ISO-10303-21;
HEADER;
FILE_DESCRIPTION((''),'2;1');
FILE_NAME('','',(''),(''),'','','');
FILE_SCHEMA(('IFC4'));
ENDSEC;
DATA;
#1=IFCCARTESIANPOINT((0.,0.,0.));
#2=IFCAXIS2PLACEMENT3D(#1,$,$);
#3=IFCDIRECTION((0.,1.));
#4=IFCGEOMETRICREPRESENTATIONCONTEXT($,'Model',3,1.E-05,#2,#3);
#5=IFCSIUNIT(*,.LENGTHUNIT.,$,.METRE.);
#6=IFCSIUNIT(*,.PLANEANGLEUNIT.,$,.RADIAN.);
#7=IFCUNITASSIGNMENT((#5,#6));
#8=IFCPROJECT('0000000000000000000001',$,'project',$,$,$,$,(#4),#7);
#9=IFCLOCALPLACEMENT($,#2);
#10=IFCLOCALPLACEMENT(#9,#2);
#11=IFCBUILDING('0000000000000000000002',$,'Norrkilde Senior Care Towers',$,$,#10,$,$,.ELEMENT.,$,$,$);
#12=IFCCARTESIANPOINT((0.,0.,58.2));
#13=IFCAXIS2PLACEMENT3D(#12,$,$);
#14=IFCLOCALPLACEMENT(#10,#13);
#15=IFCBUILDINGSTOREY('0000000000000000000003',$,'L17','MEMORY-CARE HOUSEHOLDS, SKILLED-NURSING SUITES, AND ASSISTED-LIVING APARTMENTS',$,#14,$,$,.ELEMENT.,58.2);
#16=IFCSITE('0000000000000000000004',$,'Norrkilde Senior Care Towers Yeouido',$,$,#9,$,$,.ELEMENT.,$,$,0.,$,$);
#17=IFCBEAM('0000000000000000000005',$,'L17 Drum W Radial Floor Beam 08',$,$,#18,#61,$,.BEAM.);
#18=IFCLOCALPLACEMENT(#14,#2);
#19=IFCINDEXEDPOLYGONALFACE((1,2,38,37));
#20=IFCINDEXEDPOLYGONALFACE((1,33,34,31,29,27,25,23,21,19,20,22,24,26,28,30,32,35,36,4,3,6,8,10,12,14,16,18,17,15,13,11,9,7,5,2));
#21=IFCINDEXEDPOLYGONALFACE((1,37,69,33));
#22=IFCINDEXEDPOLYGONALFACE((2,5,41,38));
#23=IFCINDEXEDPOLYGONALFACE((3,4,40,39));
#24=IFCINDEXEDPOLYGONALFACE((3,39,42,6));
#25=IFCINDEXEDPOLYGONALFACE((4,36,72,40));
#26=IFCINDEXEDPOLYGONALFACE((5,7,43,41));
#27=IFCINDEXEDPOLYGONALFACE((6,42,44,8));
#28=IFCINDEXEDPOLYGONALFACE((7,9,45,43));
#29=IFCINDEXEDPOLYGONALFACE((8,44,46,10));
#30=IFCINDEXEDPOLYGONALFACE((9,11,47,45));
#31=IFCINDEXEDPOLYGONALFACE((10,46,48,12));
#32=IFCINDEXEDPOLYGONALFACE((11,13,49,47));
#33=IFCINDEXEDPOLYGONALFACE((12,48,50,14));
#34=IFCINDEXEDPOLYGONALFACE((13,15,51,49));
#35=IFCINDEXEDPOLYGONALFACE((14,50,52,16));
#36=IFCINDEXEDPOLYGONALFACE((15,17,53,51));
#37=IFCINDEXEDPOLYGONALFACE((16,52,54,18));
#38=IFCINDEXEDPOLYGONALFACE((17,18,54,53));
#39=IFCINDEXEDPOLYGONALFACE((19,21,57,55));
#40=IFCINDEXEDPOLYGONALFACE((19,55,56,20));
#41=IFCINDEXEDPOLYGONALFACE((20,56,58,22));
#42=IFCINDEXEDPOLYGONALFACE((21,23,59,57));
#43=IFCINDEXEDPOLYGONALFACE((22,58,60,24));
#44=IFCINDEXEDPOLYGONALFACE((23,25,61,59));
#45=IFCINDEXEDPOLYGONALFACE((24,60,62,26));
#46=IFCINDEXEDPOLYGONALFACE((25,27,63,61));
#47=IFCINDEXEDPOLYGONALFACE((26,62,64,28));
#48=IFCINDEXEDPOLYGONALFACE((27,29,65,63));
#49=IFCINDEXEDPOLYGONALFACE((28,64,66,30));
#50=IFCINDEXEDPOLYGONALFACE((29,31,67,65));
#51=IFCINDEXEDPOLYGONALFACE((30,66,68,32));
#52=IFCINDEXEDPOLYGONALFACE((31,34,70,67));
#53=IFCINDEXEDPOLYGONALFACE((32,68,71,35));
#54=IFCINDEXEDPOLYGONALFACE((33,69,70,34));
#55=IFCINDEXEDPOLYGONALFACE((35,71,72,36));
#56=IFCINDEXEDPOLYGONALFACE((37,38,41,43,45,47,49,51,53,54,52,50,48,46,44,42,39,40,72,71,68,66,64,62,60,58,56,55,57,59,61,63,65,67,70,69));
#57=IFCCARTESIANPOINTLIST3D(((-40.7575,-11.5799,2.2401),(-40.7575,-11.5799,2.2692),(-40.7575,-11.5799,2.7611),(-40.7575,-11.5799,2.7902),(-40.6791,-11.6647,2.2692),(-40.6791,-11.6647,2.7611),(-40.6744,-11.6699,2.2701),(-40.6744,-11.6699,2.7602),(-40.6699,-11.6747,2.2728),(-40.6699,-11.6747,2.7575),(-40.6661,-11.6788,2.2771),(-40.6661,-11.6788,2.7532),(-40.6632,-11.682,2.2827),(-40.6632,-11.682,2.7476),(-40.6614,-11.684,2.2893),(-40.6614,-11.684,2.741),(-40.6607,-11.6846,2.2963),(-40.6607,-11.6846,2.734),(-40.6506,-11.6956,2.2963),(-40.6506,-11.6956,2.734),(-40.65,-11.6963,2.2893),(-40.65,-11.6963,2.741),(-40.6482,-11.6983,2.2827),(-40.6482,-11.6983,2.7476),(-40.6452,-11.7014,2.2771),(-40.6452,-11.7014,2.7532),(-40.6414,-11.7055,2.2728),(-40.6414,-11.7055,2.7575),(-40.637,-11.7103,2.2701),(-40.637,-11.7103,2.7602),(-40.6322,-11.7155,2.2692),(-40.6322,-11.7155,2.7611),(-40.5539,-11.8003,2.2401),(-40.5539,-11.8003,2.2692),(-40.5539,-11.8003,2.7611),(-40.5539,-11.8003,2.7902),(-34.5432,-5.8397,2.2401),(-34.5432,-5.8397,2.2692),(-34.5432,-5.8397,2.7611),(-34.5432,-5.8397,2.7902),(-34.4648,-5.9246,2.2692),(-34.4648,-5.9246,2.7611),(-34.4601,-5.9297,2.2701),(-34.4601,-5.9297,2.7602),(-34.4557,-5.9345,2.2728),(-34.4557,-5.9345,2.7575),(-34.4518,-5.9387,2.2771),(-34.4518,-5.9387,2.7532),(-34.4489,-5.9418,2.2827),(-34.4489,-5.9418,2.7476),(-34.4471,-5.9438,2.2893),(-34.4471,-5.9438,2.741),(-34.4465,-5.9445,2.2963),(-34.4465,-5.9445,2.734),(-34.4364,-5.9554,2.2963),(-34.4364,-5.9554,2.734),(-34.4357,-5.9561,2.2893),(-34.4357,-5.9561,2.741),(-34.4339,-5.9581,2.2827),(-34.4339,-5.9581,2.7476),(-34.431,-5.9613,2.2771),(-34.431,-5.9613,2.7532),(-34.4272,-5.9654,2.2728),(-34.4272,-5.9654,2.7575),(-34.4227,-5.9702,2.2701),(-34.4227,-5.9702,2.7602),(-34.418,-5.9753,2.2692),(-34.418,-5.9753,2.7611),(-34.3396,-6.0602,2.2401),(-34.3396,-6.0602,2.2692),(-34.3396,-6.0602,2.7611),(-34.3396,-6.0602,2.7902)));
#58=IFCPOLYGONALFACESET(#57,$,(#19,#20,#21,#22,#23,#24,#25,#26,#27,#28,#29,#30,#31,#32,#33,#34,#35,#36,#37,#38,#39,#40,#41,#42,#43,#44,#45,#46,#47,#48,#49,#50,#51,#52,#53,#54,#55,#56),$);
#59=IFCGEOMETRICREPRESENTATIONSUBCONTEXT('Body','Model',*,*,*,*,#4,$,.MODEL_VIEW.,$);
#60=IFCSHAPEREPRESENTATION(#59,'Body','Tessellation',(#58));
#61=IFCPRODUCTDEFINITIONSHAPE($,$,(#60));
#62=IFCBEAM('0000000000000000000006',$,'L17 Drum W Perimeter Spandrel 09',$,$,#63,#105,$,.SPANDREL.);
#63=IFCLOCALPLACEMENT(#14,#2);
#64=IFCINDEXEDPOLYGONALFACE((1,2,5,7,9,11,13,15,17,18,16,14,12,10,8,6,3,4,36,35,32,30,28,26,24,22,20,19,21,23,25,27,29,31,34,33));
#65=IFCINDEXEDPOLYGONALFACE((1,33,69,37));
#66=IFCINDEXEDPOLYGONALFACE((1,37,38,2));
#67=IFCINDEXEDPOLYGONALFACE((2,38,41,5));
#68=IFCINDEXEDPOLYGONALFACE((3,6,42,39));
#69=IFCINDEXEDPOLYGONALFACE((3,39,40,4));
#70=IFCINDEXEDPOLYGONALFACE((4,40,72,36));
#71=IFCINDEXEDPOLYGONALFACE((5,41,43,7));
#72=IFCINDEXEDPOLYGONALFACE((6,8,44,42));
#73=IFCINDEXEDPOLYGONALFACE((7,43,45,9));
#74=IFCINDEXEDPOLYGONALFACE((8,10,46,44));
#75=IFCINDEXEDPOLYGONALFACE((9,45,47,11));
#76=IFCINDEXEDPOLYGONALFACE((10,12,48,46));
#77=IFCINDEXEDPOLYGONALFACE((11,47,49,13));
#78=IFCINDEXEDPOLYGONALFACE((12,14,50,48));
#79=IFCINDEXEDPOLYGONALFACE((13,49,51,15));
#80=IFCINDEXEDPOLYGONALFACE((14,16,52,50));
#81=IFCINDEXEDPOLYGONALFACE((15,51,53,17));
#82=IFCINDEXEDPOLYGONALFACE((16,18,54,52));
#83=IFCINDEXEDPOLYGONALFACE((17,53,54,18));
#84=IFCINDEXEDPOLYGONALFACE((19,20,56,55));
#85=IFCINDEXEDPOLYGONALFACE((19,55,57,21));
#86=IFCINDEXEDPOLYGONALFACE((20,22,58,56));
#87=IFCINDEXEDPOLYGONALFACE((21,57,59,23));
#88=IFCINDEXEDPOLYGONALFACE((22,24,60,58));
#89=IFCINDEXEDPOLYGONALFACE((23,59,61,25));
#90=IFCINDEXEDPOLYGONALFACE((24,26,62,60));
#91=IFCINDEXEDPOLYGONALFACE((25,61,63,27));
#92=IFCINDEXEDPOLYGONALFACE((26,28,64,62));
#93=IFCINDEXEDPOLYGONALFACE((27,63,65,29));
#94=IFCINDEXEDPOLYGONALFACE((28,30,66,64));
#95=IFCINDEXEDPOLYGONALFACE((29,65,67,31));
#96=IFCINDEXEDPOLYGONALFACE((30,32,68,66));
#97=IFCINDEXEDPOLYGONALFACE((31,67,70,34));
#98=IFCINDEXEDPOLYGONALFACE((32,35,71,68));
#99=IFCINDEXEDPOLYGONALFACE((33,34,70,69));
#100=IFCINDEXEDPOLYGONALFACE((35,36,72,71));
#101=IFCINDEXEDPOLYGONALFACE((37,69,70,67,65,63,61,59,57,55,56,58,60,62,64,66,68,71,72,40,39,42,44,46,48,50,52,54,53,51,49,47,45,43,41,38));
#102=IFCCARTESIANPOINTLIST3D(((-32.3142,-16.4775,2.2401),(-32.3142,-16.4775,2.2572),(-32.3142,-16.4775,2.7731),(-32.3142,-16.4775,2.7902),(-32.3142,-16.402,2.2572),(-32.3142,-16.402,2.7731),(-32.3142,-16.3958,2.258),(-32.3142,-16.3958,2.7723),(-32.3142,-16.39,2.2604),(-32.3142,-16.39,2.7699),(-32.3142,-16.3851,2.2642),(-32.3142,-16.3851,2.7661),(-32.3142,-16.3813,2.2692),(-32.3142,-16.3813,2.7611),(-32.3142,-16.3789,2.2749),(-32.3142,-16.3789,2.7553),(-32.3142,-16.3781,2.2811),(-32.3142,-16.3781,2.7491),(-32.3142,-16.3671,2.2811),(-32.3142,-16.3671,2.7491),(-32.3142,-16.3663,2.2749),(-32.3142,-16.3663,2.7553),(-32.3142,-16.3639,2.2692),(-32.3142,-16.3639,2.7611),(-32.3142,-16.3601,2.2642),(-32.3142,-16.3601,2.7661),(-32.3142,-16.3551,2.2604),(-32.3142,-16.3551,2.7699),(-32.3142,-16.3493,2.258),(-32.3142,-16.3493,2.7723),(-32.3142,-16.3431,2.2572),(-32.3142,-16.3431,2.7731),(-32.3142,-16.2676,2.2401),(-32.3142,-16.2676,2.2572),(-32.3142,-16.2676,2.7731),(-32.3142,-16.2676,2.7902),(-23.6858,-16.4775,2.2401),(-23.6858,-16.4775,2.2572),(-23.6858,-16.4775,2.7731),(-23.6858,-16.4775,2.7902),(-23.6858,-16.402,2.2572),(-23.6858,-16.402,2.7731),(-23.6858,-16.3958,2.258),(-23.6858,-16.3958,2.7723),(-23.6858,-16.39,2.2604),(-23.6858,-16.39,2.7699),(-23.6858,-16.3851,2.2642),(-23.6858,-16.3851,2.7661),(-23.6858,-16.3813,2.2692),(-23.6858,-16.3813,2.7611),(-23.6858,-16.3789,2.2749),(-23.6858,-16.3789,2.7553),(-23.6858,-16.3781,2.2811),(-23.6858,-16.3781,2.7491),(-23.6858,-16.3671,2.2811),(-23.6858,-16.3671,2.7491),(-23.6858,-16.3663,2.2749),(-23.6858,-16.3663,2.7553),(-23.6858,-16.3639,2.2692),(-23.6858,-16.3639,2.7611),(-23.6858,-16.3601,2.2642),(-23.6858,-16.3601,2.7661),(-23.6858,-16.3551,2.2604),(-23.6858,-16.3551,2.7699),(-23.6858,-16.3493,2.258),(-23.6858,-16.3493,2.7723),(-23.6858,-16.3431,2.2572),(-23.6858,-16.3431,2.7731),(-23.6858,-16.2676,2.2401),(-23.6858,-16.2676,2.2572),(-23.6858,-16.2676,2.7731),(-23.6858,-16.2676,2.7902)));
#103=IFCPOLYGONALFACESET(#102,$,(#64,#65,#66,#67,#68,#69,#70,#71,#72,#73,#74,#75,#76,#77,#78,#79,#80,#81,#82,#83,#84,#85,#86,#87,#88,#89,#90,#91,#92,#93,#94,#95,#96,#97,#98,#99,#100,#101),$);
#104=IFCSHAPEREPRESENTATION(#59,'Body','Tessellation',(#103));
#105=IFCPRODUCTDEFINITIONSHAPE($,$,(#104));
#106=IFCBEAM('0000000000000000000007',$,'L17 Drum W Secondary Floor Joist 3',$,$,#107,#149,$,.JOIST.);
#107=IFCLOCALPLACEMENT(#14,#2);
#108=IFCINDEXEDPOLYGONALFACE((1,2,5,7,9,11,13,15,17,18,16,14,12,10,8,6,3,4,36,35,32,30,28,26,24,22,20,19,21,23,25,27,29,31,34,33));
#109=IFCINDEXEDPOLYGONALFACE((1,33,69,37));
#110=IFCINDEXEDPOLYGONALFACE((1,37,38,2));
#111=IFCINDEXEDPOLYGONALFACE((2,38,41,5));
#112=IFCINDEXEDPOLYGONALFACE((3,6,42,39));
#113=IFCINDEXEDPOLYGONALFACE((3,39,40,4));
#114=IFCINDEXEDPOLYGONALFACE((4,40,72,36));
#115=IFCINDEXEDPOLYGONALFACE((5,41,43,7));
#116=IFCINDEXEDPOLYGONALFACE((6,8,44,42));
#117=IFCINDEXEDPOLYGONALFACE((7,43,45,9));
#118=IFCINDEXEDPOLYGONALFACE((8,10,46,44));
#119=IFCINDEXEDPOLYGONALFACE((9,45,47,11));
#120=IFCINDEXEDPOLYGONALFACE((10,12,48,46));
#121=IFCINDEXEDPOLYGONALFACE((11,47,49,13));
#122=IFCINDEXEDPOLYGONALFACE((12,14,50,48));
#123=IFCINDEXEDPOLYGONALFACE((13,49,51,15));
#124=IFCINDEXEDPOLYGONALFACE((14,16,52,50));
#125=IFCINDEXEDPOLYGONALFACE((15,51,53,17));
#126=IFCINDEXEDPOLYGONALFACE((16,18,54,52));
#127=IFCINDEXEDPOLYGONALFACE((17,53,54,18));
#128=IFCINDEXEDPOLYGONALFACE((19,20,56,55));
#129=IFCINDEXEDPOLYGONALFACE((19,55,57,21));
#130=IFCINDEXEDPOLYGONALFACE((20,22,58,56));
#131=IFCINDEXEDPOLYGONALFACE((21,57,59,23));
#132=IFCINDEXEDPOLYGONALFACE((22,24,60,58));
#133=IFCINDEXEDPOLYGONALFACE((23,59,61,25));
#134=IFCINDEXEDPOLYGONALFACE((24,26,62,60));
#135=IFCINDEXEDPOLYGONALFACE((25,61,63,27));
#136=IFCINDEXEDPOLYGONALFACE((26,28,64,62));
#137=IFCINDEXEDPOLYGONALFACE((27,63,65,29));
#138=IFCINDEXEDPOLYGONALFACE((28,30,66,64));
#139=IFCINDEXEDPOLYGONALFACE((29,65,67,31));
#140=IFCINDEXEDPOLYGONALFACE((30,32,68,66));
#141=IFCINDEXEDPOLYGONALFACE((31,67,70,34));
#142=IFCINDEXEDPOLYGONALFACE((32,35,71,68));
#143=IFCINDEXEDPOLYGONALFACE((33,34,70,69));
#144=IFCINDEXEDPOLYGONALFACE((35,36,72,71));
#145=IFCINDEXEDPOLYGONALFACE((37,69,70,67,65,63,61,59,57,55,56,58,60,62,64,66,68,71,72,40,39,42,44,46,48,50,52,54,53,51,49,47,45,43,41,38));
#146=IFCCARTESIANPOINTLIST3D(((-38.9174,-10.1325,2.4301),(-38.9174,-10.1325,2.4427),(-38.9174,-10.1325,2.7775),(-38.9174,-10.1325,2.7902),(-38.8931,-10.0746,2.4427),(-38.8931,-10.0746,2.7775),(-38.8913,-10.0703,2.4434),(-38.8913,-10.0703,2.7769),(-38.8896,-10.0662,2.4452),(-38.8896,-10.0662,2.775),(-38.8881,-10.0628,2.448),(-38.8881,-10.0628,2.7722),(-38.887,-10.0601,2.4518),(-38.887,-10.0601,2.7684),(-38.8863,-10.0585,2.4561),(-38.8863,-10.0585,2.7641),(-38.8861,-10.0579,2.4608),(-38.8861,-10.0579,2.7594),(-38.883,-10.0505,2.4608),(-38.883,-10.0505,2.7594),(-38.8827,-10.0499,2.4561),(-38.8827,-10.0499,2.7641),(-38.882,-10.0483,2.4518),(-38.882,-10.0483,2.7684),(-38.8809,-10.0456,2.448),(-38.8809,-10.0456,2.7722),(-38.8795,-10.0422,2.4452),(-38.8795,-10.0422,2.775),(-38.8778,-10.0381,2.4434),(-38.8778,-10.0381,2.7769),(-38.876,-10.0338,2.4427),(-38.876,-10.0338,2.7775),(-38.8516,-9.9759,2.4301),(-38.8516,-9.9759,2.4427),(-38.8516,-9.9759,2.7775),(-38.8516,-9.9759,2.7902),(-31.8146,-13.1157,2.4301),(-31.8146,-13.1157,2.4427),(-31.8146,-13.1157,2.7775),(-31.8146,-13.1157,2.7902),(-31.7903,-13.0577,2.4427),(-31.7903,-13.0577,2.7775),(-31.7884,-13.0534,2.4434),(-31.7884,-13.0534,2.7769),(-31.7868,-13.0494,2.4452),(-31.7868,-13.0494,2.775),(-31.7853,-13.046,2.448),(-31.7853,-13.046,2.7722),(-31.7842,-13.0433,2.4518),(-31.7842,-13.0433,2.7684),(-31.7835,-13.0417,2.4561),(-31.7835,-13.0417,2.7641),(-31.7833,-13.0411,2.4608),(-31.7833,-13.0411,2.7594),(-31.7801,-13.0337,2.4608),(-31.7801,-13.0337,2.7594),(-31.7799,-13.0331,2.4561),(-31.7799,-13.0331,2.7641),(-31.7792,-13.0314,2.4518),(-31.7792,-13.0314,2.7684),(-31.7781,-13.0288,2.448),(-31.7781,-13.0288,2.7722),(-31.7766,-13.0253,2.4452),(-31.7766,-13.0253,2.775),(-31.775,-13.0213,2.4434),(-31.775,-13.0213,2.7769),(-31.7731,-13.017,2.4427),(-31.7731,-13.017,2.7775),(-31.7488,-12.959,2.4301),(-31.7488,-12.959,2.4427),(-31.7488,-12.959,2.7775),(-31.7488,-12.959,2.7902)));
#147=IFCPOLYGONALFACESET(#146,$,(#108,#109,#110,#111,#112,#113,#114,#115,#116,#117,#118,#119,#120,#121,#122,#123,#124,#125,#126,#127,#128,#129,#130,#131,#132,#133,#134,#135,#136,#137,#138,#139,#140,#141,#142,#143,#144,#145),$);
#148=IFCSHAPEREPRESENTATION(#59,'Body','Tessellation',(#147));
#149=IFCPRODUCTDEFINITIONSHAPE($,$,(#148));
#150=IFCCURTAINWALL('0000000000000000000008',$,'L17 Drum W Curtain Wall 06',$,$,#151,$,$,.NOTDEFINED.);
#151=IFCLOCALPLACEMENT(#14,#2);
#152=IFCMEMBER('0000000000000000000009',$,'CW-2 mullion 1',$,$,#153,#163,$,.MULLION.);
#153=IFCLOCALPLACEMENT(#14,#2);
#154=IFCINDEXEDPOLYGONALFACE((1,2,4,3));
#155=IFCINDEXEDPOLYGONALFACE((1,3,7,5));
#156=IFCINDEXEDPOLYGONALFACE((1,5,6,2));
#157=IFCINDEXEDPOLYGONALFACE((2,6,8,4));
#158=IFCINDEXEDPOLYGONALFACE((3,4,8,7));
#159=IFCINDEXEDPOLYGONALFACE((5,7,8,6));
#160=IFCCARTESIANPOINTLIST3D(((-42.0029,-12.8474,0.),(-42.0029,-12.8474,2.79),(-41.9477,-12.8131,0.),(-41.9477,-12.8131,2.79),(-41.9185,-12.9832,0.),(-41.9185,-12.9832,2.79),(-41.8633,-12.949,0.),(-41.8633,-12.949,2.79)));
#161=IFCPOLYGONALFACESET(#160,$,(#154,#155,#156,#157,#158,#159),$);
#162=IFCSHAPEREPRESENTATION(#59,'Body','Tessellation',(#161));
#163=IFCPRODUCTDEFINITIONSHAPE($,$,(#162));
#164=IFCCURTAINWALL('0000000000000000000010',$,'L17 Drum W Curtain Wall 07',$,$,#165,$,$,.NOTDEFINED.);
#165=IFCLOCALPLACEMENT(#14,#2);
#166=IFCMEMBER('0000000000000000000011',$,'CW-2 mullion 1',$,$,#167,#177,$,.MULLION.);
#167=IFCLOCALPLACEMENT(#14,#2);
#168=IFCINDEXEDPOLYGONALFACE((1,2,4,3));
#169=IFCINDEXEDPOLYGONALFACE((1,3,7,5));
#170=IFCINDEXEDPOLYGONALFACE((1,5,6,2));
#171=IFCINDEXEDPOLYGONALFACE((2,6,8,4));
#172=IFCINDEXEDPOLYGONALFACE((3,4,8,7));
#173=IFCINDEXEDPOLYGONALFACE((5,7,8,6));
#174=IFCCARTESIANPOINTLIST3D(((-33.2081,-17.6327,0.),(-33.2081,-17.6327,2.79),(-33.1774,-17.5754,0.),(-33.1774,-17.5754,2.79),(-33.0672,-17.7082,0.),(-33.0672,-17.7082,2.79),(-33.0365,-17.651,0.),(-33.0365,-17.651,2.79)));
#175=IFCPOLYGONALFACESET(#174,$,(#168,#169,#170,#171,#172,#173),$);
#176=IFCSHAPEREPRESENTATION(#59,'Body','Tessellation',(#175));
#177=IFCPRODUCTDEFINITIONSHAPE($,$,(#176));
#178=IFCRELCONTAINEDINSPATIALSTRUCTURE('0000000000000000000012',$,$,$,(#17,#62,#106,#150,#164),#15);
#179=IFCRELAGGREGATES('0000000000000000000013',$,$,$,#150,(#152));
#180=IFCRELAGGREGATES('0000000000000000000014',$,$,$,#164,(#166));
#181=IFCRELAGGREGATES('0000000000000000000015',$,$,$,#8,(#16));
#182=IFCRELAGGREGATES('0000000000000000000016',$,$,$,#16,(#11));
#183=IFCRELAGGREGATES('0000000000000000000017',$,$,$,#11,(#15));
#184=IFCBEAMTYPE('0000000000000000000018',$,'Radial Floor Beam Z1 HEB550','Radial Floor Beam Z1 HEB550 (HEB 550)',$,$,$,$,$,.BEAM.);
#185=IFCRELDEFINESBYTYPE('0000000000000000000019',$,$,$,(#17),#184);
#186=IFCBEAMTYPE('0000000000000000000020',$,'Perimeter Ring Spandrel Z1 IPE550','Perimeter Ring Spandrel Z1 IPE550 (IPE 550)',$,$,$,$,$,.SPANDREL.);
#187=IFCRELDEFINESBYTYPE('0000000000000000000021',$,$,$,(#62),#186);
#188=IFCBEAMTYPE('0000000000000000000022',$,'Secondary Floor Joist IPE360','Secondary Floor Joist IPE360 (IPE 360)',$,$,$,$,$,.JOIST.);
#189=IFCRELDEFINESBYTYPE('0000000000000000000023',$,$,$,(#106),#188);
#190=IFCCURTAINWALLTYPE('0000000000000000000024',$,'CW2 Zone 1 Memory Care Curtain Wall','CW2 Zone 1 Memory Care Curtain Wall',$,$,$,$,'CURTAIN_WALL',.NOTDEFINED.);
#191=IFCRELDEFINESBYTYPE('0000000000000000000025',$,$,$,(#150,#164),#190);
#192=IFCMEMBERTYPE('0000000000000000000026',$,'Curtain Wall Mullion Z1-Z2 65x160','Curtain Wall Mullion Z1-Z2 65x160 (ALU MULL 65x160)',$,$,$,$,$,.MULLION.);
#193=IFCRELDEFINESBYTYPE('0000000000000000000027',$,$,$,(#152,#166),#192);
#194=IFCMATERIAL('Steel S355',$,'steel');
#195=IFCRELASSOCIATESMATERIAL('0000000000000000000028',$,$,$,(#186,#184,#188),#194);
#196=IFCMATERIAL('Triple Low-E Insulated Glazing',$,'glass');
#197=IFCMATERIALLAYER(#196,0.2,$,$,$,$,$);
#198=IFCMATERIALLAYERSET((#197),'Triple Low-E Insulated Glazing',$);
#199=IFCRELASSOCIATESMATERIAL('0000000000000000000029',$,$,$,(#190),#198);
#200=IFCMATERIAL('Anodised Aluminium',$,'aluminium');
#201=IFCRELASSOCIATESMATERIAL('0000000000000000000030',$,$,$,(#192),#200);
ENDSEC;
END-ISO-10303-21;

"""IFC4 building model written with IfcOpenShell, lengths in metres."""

from ifc_helpers import new_model, si_unit, direction, frame, origin, origin_2d, place, context, subcontext, project, spatial, rectangle, i_section, extrude, source, transform, mapped, material, layer, layer_set, material_profile, profile_set, type_object, type_shapes, element, aggregate, save


model = new_model("IFC4")

# Units and contexts
model_context = context("Model", 3, precision=1e-05, world=origin(), true_north=direction((0.0, 1.0)))
body_context = subcontext(model_context, "Body", "Model", "MODEL_VIEW")
ifc_project = project(units=[si_unit("LENGTHUNIT", "METRE"), si_unit("PLANEANGLEUNIT", "RADIAN")], contexts=[model_context])

# Site, building, storey
site_placement = place(None, origin())
site = spatial("IfcSite", under=ifc_project, at=site_placement, Name="Norrkilde Senior Care Towers Yeouido", CompositionType="ELEMENT", RefElevation=0.0)
building_placement = place(site_placement, origin())
building = spatial("IfcBuilding", under=site, at=building_placement, Name="Norrkilde Senior Care Towers", CompositionType="ELEMENT")
storey_placement = place(building_placement, frame((0.0, 0.0, 58.2)))
storey = spatial("IfcBuildingStorey", under=building, at=storey_placement, Name="L17", Description="MEMORY-CARE HOUSEHOLDS, SKILLED-NURSING SUITES, AND ASSISTED-LIVING APARTMENTS", CompositionType="ELEMENT", Elevation=58.2)

# Beams
ifc_material_1 = material(Name="Steel S355", Category="steel")
ifc_material_profile_1 = material_profile(ifc_material_1, i_section(OverallWidth=0.21, OverallDepth=0.55, WebThickness=0.011, FlangeThickness=0.0171, FilletRadius=0.0239, at=origin_2d()), Name="IPE 550")
ifc_profile_set_1 = profile_set([ifc_material_profile_1], Name="Steel S355")
beam_type_1 = type_object("IfcBeamType", Name="Perimeter Ring Spandrel Z1 IPE550", Description="Perimeter Ring Spandrel Z1 IPE550 (IPE 550)", PredefinedType="SPANDREL", material=ifc_profile_set_1)
ifc_material_profile_2 = material_profile(ifc_material_1, i_section(OverallWidth=0.3, OverallDepth=0.55, WebThickness=0.0149, FlangeThickness=0.0291, FilletRadius=0.0271, at=origin_2d()), Name="HEB 550")
ifc_profile_set_2 = profile_set([ifc_material_profile_2], Name="Steel S355")
beam_type_2 = type_object("IfcBeamType", Name="Radial Floor Beam Z1 HEB550", Description="Radial Floor Beam Z1 HEB550 (HEB 550)", PredefinedType="BEAM", material=ifc_profile_set_2)
shared_shape_1 = source(origin(), body_context, "Body", "SweptSolid", [
    extrude(i_section(OverallWidth=0.3, OverallDepth=0.55, WebThickness=0.0149, FlangeThickness=0.0291, FilletRadius=0.0271, at=origin_2d()), origin(), (0.0, 0.0, 1.0), 8.4597),
])
type_shapes(beam_type_2, [shared_shape_1])
beam_1_placement = place(storey_placement, frame((-34.4414, -5.95, 2.5151), z_axis=(-0.734573, -0.678529, 0.0), x_axis=(0.678529, -0.734573, 0.0)))
element("IfcBeam", 1, at=beam_1_placement, inside=storey, type_object=beam_type_2, Name="L17 Drum W Radial Floor Beam 08", PredefinedType="BEAM", context=body_context, shape_type="MappedRepresentation", body=[
    mapped(shared_shape_1, transform((0.0, 0.0, 0.0), x_axis=(1.0, 0.0, 0.0), y_axis=(0.0, 1.0, 0.0), z_axis=(0.0, 0.0, 1.0), scale=1.0)),
])
shared_shape_2 = source(origin(), body_context, "Body", "SweptSolid", [
    extrude(i_section(OverallWidth=0.21, OverallDepth=0.55, WebThickness=0.011, FlangeThickness=0.0171, FilletRadius=0.0239, at=origin_2d()), origin(), (0.0, 0.0, 1.0), 8.6284),
])
beam_2_placement = place(storey_placement, frame((-32.3142, -16.3726, 2.5151), z_axis=(1.0, 0.0, 0.0), x_axis=(0.0, 1.0, 0.0)))
element("IfcBeam", 2, at=beam_2_placement, inside=storey, type_object=beam_type_1, Name="L17 Drum W Perimeter Spandrel 09", PredefinedType="SPANDREL", context=body_context, shape_type="MappedRepresentation", body=[
    mapped(shared_shape_2, transform((0.0, 0.0, 0.0), x_axis=(1.0, 0.0, 0.0), y_axis=(0.0, 1.0, 0.0), z_axis=(0.0, 0.0, 1.0), scale=1.0)),
])
ifc_material_profile_3 = material_profile(ifc_material_1, i_section(OverallWidth=0.1699, OverallDepth=0.3601, WebThickness=0.0081, FlangeThickness=0.0127, FilletRadius=0.0181, at=origin_2d()), Name="IPE 360")
ifc_profile_set_3 = profile_set([ifc_material_profile_3], Name="Steel S355")
beam_type_3 = type_object("IfcBeamType", Name="Secondary Floor Joist IPE360", Description="Secondary Floor Joist IPE360 (IPE 360)", PredefinedType="JOIST", material=ifc_profile_set_3)
shared_shape_3 = source(origin(), body_context, "Body", "SweptSolid", [
    extrude(i_section(OverallWidth=0.1699, OverallDepth=0.3601, WebThickness=0.0081, FlangeThickness=0.0127, FilletRadius=0.0181, at=origin_2d()), origin(), (0.0, 0.0, 1.0), 7.7039),
])
type_shapes(beam_type_3, [shared_shape_3])
beam_3_placement = place(storey_placement, frame((-38.8845, -10.0542, 2.6101), z_axis=(0.921983, -0.387231, 0.0), x_axis=(0.387231, 0.921983, 0.0)))
element("IfcBeam", 3, at=beam_3_placement, inside=storey, type_object=beam_type_3, Name="L17 Drum W Secondary Floor Joist 3", PredefinedType="JOIST", context=body_context, shape_type="MappedRepresentation", body=[
    mapped(shared_shape_3, transform((0.0, 0.0, 0.0), x_axis=(1.0, 0.0, 0.0), y_axis=(0.0, 1.0, 0.0), z_axis=(0.0, 0.0, 1.0), scale=1.0)),
])

# Curtain wall, member
ifc_material_2 = material(Name="Triple Low-E Insulated Glazing", Category="glass")
ifc_layer_1 = layer(ifc_material_2, 0.2)
ifc_layer_set_1 = layer_set([ifc_layer_1], Name="Triple Low-E Insulated Glazing")
curtain_wall_type = type_object("IfcCurtainWallType", Name="CW2 Zone 1 Memory Care Curtain Wall", Description="CW2 Zone 1 Memory Care Curtain Wall", ElementType="CURTAIN_WALL", PredefinedType="NOTDEFINED", material=ifc_layer_set_1)
curtain_wall_1_placement = place(storey_placement, origin())
curtain_wall_1 = element("IfcCurtainWall", 4, at=curtain_wall_1_placement, inside=storey, type_object=curtain_wall_type, Name="L17 Drum W Curtain Wall 06", PredefinedType="NOTDEFINED")
ifc_material_3 = material(Name="Anodised Aluminium", Category="aluminium")
ifc_material_profile_4 = material_profile(ifc_material_3, rectangle(XDim=0.0649, YDim=0.1599, at=origin_2d()), Name="ALU MULL 65x160")
ifc_profile_set_4 = profile_set([ifc_material_profile_4], Name="Anodised Aluminium")
member_type_1 = type_object("IfcMemberType", Name="Curtain Wall Mullion Z1-Z2 65x160", Description="Curtain Wall Mullion Z1-Z2 65x160 (ALU MULL 65x160)", PredefinedType="MULLION", material=ifc_profile_set_4)
shared_shape_4 = source(origin(), body_context, "Body", "SweptSolid", [
    extrude(rectangle(XDim=0.0649, YDim=0.1599, at=origin_2d()), origin(), (0.0, 0.0, 1.0), 2.79),
])
type_shapes(member_type_1, [shared_shape_4])
member_1_placement = place(storey_placement, frame((-41.9331, -12.8982, 0.0), z_axis=(0.0, 0.0, 1.0), x_axis=(-0.849306, -0.527901, 0.0)))
member_1 = element("IfcMember", 5, at=member_1_placement, type_object=member_type_1, Name="CW-2 mullion 1", PredefinedType="MULLION", context=body_context, shape_type="MappedRepresentation", body=[
    mapped(shared_shape_4, transform((0.0, 0.0, 0.0), x_axis=(1.0, 0.0, 0.0), y_axis=(0.0, 1.0, 0.0), z_axis=(0.0, 0.0, 1.0), scale=1.0)),
])

# Curtain wall, member
curtain_wall_2_placement = place(storey_placement, origin())
curtain_wall_2 = element("IfcCurtainWall", 6, at=curtain_wall_2_placement, inside=storey, type_object=curtain_wall_type, Name="L17 Drum W Curtain Wall 07", PredefinedType="NOTDEFINED")
member_2_placement = place(storey_placement, frame((-33.1223, -17.6418, 0.0), z_axis=(0.0, 0.0, 1.0), x_axis=(-0.472608, -0.881273, 0.0)))
member_2 = element("IfcMember", 7, at=member_2_placement, type_object=member_type_1, Name="CW-2 mullion 1", PredefinedType="MULLION", context=body_context, shape_type="MappedRepresentation", body=[
    mapped(shared_shape_4, transform((0.0, 0.0, 0.0), x_axis=(1.0, 0.0, 0.0), y_axis=(0.0, 1.0, 0.0), z_axis=(0.0, 0.0, 1.0), scale=1.0)),
])

aggregate(curtain_wall_1, [member_1])
aggregate(curtain_wall_2, [member_2])

save(model, "model.ifc")
